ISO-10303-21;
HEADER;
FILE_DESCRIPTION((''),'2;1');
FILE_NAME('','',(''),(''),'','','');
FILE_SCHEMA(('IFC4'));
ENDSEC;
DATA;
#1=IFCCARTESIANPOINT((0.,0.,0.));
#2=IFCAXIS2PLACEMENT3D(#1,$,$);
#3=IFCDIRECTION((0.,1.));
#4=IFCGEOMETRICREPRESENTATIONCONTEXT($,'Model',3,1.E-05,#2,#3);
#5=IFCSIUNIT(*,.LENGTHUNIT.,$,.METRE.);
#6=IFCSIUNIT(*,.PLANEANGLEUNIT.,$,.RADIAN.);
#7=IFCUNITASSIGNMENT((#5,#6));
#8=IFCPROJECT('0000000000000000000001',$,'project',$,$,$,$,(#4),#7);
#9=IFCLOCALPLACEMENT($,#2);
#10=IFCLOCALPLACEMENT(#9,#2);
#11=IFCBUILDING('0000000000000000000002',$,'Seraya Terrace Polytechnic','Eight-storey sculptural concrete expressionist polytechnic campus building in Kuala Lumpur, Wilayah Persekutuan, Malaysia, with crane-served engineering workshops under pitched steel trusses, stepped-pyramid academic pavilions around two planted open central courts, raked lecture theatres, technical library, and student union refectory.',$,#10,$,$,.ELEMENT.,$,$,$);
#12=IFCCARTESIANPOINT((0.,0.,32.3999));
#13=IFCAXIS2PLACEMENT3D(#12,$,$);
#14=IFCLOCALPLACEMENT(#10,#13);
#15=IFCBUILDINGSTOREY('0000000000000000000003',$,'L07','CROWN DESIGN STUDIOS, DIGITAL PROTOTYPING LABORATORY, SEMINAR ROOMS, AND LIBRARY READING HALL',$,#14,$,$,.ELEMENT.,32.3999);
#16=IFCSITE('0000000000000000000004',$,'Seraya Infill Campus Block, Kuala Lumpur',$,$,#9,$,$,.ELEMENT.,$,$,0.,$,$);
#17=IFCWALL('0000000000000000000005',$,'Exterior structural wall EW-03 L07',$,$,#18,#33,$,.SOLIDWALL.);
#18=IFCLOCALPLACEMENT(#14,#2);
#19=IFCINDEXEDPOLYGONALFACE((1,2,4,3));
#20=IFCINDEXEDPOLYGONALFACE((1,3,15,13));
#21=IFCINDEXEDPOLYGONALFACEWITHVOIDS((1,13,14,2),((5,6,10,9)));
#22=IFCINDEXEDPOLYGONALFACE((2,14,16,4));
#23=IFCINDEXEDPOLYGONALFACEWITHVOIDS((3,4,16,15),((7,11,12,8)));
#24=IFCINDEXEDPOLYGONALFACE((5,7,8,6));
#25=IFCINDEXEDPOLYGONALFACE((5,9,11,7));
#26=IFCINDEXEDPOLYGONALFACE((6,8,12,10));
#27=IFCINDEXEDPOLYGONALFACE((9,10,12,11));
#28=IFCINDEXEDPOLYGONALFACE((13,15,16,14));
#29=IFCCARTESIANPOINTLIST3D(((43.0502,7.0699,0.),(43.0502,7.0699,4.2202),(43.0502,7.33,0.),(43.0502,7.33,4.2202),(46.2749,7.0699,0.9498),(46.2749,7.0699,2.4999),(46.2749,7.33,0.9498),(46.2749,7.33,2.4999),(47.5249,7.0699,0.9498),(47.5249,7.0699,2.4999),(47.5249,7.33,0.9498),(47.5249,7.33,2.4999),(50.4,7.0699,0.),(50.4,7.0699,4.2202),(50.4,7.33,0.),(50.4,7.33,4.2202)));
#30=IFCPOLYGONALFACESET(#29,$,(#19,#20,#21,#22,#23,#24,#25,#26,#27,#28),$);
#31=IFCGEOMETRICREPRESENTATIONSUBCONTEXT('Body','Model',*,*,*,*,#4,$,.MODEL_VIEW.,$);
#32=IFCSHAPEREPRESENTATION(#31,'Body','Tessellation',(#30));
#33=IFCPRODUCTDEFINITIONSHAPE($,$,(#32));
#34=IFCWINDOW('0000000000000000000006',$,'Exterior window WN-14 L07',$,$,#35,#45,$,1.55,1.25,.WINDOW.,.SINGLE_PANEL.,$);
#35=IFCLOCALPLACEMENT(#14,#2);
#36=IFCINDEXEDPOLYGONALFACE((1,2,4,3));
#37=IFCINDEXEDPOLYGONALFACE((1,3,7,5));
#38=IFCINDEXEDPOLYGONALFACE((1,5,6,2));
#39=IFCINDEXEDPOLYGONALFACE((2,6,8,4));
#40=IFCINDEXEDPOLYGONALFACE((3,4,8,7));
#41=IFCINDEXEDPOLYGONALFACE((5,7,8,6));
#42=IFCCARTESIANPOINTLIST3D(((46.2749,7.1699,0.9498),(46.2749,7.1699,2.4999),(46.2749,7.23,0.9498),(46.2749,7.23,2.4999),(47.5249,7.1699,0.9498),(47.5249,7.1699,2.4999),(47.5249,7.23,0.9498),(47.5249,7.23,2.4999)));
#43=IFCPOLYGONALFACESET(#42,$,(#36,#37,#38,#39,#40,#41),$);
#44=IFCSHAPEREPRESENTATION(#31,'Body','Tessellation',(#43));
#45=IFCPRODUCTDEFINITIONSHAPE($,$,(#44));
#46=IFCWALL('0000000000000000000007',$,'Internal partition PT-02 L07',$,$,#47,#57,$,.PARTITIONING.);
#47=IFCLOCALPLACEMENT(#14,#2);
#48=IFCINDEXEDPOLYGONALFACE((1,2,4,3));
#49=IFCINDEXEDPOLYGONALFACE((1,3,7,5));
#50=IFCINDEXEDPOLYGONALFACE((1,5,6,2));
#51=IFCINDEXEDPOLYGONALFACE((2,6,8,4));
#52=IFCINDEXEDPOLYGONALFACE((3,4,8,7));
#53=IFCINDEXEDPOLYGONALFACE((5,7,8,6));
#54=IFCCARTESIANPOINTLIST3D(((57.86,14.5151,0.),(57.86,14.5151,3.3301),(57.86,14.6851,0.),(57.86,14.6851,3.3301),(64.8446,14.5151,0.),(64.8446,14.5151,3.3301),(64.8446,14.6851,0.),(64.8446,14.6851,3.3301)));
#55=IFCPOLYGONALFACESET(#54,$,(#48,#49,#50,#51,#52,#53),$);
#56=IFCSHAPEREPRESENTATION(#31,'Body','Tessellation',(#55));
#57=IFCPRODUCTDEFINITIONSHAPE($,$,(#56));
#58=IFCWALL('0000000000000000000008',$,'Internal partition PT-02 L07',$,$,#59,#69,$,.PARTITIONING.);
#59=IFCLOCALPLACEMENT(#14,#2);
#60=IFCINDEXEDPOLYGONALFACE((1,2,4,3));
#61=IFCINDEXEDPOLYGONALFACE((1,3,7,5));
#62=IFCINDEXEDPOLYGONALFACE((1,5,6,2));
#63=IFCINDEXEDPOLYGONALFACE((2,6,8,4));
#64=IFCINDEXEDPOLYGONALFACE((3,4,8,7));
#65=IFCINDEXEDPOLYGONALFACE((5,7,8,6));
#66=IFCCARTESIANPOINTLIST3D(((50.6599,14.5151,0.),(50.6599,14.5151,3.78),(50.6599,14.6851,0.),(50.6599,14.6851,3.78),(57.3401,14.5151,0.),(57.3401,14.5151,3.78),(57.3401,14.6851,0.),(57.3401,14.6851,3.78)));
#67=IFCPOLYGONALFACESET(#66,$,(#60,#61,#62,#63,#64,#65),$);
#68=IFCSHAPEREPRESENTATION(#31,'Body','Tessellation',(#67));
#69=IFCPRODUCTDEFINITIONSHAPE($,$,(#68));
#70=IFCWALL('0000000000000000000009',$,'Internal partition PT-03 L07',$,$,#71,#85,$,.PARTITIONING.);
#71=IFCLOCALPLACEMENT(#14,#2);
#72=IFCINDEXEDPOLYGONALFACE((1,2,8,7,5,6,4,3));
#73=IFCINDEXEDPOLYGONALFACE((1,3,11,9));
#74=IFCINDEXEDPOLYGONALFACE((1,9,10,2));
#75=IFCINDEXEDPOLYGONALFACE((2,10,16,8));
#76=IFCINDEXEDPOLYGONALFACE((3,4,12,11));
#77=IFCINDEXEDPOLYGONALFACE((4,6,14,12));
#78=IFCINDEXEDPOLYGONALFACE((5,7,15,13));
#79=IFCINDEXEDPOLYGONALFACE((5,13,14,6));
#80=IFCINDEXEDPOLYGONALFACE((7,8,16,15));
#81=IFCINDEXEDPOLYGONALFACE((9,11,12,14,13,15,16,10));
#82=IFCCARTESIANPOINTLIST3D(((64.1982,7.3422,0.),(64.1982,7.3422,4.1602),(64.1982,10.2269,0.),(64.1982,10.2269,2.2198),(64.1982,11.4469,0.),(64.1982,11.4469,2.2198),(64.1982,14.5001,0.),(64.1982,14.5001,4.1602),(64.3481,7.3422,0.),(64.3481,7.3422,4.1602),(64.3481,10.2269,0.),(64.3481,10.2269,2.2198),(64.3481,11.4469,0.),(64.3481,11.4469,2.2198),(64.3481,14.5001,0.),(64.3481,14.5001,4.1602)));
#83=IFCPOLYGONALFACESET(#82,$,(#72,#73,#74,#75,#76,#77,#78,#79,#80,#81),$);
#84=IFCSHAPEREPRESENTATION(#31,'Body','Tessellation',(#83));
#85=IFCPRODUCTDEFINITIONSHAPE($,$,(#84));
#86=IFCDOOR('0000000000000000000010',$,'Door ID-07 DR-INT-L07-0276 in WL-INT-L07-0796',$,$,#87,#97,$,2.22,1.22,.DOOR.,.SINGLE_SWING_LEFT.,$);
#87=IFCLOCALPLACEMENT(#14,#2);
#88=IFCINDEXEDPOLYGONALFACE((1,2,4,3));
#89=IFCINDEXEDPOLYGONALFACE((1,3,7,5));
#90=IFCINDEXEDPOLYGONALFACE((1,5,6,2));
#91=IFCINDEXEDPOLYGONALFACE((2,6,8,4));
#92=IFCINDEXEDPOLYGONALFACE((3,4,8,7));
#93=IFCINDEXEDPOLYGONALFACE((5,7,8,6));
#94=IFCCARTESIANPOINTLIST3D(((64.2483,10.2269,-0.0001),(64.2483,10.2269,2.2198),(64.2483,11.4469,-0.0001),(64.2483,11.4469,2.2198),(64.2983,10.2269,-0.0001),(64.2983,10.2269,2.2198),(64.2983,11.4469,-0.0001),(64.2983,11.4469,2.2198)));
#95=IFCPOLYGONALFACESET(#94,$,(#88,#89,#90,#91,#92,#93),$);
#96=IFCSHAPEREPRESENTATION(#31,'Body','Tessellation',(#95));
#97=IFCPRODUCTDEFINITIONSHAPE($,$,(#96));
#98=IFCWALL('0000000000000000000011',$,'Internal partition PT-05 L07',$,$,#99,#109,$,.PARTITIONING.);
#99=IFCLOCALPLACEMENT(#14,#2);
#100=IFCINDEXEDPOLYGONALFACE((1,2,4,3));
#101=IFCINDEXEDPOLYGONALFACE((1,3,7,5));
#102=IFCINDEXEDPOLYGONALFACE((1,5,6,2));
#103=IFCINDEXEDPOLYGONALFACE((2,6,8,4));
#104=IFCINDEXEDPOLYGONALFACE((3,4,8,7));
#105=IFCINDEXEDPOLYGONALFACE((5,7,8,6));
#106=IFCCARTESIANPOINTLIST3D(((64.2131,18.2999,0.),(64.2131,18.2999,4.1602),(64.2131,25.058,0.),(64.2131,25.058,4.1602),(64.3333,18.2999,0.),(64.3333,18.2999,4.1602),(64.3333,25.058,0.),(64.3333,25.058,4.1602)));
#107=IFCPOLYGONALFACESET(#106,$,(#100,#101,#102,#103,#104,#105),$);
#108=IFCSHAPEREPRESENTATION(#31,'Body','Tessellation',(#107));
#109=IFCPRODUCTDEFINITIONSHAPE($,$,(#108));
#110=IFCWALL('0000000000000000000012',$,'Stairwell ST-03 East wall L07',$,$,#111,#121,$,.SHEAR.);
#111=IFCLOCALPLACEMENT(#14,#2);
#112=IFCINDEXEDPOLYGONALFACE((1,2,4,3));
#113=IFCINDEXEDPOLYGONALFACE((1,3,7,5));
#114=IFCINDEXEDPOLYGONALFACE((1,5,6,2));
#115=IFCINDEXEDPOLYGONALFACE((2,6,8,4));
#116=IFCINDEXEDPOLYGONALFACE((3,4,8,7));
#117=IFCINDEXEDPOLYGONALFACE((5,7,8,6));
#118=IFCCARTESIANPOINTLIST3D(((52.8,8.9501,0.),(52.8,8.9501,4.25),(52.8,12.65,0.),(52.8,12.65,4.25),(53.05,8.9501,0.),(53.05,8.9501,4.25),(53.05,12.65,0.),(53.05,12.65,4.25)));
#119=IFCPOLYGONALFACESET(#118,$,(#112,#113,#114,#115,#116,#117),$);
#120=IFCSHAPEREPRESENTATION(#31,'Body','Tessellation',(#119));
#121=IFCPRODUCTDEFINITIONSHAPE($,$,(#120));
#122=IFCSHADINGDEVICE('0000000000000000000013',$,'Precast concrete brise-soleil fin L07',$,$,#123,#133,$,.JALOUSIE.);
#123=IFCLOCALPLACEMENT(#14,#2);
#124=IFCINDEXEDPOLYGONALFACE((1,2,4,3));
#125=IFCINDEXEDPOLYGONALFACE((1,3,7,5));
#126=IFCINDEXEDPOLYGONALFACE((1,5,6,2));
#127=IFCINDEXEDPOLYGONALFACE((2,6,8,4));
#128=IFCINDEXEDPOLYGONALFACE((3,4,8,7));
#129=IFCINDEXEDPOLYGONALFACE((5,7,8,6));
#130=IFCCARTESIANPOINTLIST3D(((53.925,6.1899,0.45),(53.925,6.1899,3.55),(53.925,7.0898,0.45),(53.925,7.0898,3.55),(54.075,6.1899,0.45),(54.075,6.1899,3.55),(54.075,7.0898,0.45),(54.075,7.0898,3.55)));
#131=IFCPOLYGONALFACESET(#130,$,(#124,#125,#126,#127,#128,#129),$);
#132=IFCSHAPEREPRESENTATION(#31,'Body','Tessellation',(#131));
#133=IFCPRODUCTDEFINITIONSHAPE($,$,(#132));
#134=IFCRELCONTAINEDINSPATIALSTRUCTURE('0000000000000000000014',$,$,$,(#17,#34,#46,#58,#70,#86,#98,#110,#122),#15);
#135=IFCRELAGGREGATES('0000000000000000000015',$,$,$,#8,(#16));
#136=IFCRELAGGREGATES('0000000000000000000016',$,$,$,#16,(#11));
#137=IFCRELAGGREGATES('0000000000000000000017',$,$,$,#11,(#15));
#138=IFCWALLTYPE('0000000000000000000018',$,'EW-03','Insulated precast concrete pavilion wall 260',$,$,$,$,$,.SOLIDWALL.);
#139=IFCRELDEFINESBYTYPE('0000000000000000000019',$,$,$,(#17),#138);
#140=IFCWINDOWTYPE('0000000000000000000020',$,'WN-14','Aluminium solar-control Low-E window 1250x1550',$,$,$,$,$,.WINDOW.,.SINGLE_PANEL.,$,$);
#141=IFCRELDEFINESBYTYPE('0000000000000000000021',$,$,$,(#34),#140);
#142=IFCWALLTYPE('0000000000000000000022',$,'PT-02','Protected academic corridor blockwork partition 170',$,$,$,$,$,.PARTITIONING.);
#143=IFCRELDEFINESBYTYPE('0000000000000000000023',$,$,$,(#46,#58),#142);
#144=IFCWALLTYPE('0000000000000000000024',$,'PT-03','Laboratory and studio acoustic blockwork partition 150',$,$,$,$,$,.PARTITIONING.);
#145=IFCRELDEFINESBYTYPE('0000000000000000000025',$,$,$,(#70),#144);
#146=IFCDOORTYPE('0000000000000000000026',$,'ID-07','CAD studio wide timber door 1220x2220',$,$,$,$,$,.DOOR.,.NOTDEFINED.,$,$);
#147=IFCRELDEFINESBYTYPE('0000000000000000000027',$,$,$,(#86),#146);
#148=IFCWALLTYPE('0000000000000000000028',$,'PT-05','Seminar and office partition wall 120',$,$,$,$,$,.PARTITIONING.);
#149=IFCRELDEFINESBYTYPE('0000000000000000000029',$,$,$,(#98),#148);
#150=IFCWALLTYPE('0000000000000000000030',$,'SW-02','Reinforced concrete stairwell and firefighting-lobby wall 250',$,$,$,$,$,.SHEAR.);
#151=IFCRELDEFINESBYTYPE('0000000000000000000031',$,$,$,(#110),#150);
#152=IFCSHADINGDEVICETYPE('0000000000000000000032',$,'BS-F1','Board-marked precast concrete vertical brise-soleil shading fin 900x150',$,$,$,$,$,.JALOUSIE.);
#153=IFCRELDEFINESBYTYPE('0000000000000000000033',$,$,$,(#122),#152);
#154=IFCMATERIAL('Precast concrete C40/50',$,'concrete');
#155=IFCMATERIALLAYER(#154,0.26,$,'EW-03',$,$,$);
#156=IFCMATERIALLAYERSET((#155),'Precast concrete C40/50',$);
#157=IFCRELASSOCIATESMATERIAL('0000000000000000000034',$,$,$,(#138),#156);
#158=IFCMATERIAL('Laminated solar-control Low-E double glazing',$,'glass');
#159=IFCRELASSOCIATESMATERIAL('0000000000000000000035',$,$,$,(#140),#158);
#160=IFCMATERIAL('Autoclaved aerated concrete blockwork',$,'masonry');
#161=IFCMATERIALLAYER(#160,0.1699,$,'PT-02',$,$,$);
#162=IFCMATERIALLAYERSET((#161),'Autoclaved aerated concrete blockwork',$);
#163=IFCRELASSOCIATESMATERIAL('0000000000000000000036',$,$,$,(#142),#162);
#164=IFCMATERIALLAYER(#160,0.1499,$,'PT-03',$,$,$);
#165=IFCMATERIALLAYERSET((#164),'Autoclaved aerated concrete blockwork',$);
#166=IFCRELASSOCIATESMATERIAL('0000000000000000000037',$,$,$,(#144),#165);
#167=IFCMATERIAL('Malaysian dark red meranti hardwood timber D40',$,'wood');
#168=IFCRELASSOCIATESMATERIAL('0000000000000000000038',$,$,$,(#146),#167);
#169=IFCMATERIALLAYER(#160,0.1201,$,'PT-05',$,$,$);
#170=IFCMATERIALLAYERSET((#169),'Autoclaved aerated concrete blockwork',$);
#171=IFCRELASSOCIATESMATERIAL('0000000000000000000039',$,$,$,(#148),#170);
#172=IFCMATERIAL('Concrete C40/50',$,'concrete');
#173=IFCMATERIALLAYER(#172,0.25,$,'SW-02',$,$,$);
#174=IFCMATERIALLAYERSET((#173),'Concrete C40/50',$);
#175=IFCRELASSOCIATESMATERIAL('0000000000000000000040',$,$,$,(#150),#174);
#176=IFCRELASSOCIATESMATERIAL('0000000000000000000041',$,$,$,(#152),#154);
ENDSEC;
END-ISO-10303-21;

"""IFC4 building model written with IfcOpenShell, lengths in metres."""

from ifc_helpers import new_model, si_unit, direction, frame, frame_2d, origin, origin_2d, place, context, subcontext, project, spatial, rectangle, extrude, material, layer, layer_set, type_object, element, fill, save


model = new_model("IFC4")

# Units and contexts
model_context = context("Model", 3, precision=1e-05, world=origin(), true_north=direction((0.0, 1.0)))
body_context = subcontext(model_context, "Body", "Model", "MODEL_VIEW")
ifc_project = project(units=[si_unit("LENGTHUNIT", "METRE"), si_unit("PLANEANGLEUNIT", "RADIAN")], contexts=[model_context])

# Site, building, storey
site_placement = place(None, origin())
site = spatial("IfcSite", under=ifc_project, at=site_placement, Name="Seraya Infill Campus Block, Kuala Lumpur", CompositionType="ELEMENT", RefElevation=0.0)
building_placement = place(site_placement, origin())
building = spatial("IfcBuilding", under=site, at=building_placement, Name="Seraya Terrace Polytechnic", Description="Eight-storey sculptural concrete expressionist polytechnic campus building in Kuala Lumpur, Wilayah Persekutuan, Malaysia, with crane-served engineering workshops under pitched steel trusses, stepped-pyramid academic pavilions around two planted open central courts, raked lecture theatres, technical library, and student union refectory.", CompositionType="ELEMENT")
storey_placement = place(building_placement, frame((0.0, 0.0, 32.3999)))
storey = spatial("IfcBuildingStorey", under=building, at=storey_placement, Name="L07", Description="CROWN DESIGN STUDIOS, DIGITAL PROTOTYPING LABORATORY, SEMINAR ROOMS, AND LIBRARY READING HALL", CompositionType="ELEMENT", Elevation=32.3999)

# Shared definitions
ifc_material_1 = material(Name="Concrete C40/50", Category="concrete")

# Wall, opening, window
ifc_material_2 = material(Name="Precast concrete C40/50", Category="concrete")
ifc_layer_1 = layer(ifc_material_2, 0.26, Name="EW-03")
ifc_layer_set_1 = layer_set([ifc_layer_1], Name="Precast concrete C40/50")
wall_type_1 = type_object("IfcWallType", Name="EW-03", Description="Insulated precast concrete pavilion wall 260", PredefinedType="SOLIDWALL", material=ifc_layer_set_1)
ifc_material_3 = material(Name="Laminated solar-control Low-E double glazing", Category="glass")
wall_1_placement = place(storey_placement, frame((50.3999, 7.2, 0.0), z_axis=(0.0, 0.0, 1.0), x_axis=(-1.0, 0.0, 0.0)))
wall_1 = element("IfcWall", 1, at=wall_1_placement, inside=storey, type_object=wall_type_1, Name="Exterior structural wall EW-03 L07", PredefinedType="SOLIDWALL", context=body_context, shape_type="SweptSolid", body=[
    extrude(rectangle(XDim=7.3499, YDim=0.26, at=frame_2d((3.6748, 0.0))), origin(), (0.0, 0.0, 1.0), 4.2202),
])
opening_1_placement = place(wall_1_placement, frame((2.875, 0.0, 0.95)))
opening_1 = element("IfcOpeningElement", 2, at=opening_1_placement, cuts=wall_1, PredefinedType="OPENING", context=body_context, shape_type="SweptSolid", body=[
    extrude(rectangle(XDim=1.25, YDim=1.55, at=frame_2d((0.625, 0.7749))), frame((0.0, 0.1421, 0.0), z_axis=(0.0, -1.0, 0.0), x_axis=(1.0, 0.0, 0.0)), (0.0, 0.0, 1.0), 0.2839),
])
window_type_1 = type_object("IfcWindowType", Name="WN-14", Description="Aluminium solar-control Low-E window 1250x1550", PartitioningType="SINGLE_PANEL", PredefinedType="WINDOW", material=ifc_material_3)
window_1_placement = place(opening_1_placement, origin())
window_1 = element("IfcWindow", 3, at=window_1_placement, inside=storey, type_object=window_type_1, Name="Exterior window WN-14 L07", OverallHeight=1.55, OverallWidth=1.25, PartitioningType="SINGLE_PANEL", PredefinedType="WINDOW", context=body_context, shape_type="SweptSolid", body=[
    extrude(rectangle(XDim=1.25, YDim=1.55, at=frame_2d((0.625, 0.7749))), frame((0.0, 0.03, 0.0), z_axis=(0.0, -1.0, 0.0), x_axis=(1.0, 0.0, 0.0)), (0.0, 0.0, 1.0), 0.0601),
])
fill(opening_1, window_1)

# Walls
ifc_material_4 = material(Name="Autoclaved aerated concrete blockwork", Category="masonry")
ifc_layer_2 = layer(ifc_material_4, 0.1699, Name="PT-02")
ifc_layer_set_2 = layer_set([ifc_layer_2], Name="Autoclaved aerated concrete blockwork")
wall_type_2 = type_object("IfcWallType", Name="PT-02", Description="Protected academic corridor blockwork partition 170", PredefinedType="PARTITIONING", material=ifc_layer_set_2)
wall_2_placement = place(storey_placement, frame((57.8601, 14.6001, 0.0), z_axis=(0.0, 0.0, 1.0), x_axis=(1.0, 0.0, 0.0)))
element("IfcWall", 4, at=wall_2_placement, inside=storey, type_object=wall_type_2, Name="Internal partition PT-02 L07", PredefinedType="PARTITIONING", context=body_context, shape_type="SweptSolid", body=[
    extrude(rectangle(XDim=6.9846, YDim=0.1699, at=frame_2d((3.4922, 0.0))), origin(), (0.0, 0.0, 1.0), 3.3301),
])
wall_3_placement = place(storey_placement, frame((50.6599, 14.6001, 0.0), z_axis=(0.0, 0.0, 1.0), x_axis=(1.0, 0.0, 0.0)))
element("IfcWall", 5, at=wall_3_placement, inside=storey, type_object=wall_type_2, Name="Internal partition PT-02 L07", PredefinedType="PARTITIONING", context=body_context, shape_type="SweptSolid", body=[
    extrude(rectangle(XDim=6.6802, YDim=0.1699, at=frame_2d((3.3401, 0.0))), origin(), (0.0, 0.0, 1.0), 3.78),
])

# Wall, opening, door
ifc_layer_3 = layer(ifc_material_4, 0.1499, Name="PT-03")
ifc_layer_set_3 = layer_set([ifc_layer_3], Name="Autoclaved aerated concrete blockwork")
wall_type_3 = type_object("IfcWallType", Name="PT-03", Description="Laboratory and studio acoustic blockwork partition 150", PredefinedType="PARTITIONING", material=ifc_layer_set_3)
wall_4_placement = place(storey_placement, frame((64.2732, 7.342, 0.0), z_axis=(0.0, 0.0, 1.0), x_axis=(0.0, 1.0, 0.0)))
wall_4 = element("IfcWall", 6, at=wall_4_placement, inside=storey, type_object=wall_type_3, Name="Internal partition PT-03 L07", PredefinedType="PARTITIONING", context=body_context, shape_type="SweptSolid", body=[
    extrude(rectangle(XDim=7.158, YDim=0.1499, at=frame_2d((3.5791, 0.0))), origin(), (0.0, 0.0, 1.0), 4.1602),
])
opening_2_placement = place(wall_4_placement, frame((2.885, 0.0, 0.0)))
opening_2 = element("IfcOpeningElement", 7, at=opening_2_placement, cuts=wall_4, PredefinedType="OPENING", context=body_context, shape_type="SweptSolid", body=[
    extrude(rectangle(XDim=1.22, YDim=2.22, at=frame_2d((0.6099, 1.1099))), frame((0.0, 0.0869, 0.0), z_axis=(0.0, -1.0, 0.0), x_axis=(1.0, 0.0, 0.0)), (0.0, 0.0, 1.0), 0.1738),
])
ifc_material_5 = material(Name="Malaysian dark red meranti hardwood timber D40", Category="wood")
door_type = type_object("IfcDoorType", Name="ID-07", Description="CAD studio wide timber door 1220x2220", OperationType="NOTDEFINED", PredefinedType="DOOR", material=ifc_material_5)
door_placement = place(opening_2_placement, origin())
door = element("IfcDoor", 8, at=door_placement, inside=storey, type_object=door_type, Name="Door ID-07 DR-INT-L07-0276 in WL-INT-L07-0796", OperationType="SINGLE_SWING_LEFT", OverallHeight=2.22, OverallWidth=1.22, PredefinedType="DOOR", context=body_context, shape_type="SweptSolid", body=[
    extrude(rectangle(XDim=1.22, YDim=2.22, at=frame_2d((0.6099, 1.1099))), frame((0.0, 0.0249, 0.0), z_axis=(0.0, -1.0, 0.0), x_axis=(1.0, 0.0, 0.0)), (0.0, 0.0, 1.0), 0.05),
])
fill(opening_2, door)

# Walls
ifc_layer_4 = layer(ifc_material_4, 0.1201, Name="PT-05")
ifc_layer_set_4 = layer_set([ifc_layer_4], Name="Autoclaved aerated concrete blockwork")
wall_type_4 = type_object("IfcWallType", Name="PT-05", Description="Seminar and office partition wall 120", PredefinedType="PARTITIONING", material=ifc_layer_set_4)
wall_5_placement = place(storey_placement, frame((64.2732, 18.3, 0.0), z_axis=(0.0, 0.0, 1.0), x_axis=(0.0, 1.0, 0.0)))
element("IfcWall", 9, at=wall_5_placement, inside=storey, type_object=wall_type_4, Name="Internal partition PT-05 L07", PredefinedType="PARTITIONING", context=body_context, shape_type="SweptSolid", body=[
    extrude(rectangle(XDim=6.7581, YDim=0.1201, at=frame_2d((3.3789, 0.0))), origin(), (0.0, 0.0, 1.0), 4.1602),
])
ifc_layer_5 = layer(ifc_material_1, 0.25, Name="SW-02")
ifc_layer_set_5 = layer_set([ifc_layer_5], Name="Concrete C40/50")
wall_type_5 = type_object("IfcWallType", Name="SW-02", Description="Reinforced concrete stairwell and firefighting-lobby wall 250", PredefinedType="SHEAR", material=ifc_layer_set_5)
wall_6_placement = place(storey_placement, frame((52.925, 8.95, 0.0), z_axis=(0.0, 0.0, 1.0), x_axis=(0.0, 1.0, 0.0)))
element("IfcWall", 10, at=wall_6_placement, inside=storey, type_object=wall_type_5, Name="Stairwell ST-03 East wall L07", PredefinedType="SHEAR", context=body_context, shape_type="SweptSolid", body=[
    extrude(rectangle(XDim=3.7, YDim=0.25, at=frame_2d((1.8501, 0.0))), origin(), (0.0, 0.0, 1.0), 4.25),
])

# Shading device
shading_device_type = type_object("IfcShadingDeviceType", Name="BS-F1", Description="Board-marked precast concrete vertical brise-soleil shading fin 900x150", PredefinedType="JALOUSIE", material=ifc_material_2)
shading_device_placement = place(storey_placement, frame((54.0, 6.6399, 0.45), z_axis=(0.0, 0.0, 1.0), x_axis=(0.0, -1.0, 0.0)))
element("IfcShadingDevice", 11, at=shading_device_placement, inside=storey, type_object=shading_device_type, Name="Precast concrete brise-soleil fin L07", PredefinedType="JALOUSIE", context=body_context, shape_type="SweptSolid", body=[
    extrude(rectangle(XDim=0.8999, YDim=0.1499, at=origin_2d()), origin(), (0.0, 0.0, 1.0), 3.1001),
])

save(model, "model.ifc")
